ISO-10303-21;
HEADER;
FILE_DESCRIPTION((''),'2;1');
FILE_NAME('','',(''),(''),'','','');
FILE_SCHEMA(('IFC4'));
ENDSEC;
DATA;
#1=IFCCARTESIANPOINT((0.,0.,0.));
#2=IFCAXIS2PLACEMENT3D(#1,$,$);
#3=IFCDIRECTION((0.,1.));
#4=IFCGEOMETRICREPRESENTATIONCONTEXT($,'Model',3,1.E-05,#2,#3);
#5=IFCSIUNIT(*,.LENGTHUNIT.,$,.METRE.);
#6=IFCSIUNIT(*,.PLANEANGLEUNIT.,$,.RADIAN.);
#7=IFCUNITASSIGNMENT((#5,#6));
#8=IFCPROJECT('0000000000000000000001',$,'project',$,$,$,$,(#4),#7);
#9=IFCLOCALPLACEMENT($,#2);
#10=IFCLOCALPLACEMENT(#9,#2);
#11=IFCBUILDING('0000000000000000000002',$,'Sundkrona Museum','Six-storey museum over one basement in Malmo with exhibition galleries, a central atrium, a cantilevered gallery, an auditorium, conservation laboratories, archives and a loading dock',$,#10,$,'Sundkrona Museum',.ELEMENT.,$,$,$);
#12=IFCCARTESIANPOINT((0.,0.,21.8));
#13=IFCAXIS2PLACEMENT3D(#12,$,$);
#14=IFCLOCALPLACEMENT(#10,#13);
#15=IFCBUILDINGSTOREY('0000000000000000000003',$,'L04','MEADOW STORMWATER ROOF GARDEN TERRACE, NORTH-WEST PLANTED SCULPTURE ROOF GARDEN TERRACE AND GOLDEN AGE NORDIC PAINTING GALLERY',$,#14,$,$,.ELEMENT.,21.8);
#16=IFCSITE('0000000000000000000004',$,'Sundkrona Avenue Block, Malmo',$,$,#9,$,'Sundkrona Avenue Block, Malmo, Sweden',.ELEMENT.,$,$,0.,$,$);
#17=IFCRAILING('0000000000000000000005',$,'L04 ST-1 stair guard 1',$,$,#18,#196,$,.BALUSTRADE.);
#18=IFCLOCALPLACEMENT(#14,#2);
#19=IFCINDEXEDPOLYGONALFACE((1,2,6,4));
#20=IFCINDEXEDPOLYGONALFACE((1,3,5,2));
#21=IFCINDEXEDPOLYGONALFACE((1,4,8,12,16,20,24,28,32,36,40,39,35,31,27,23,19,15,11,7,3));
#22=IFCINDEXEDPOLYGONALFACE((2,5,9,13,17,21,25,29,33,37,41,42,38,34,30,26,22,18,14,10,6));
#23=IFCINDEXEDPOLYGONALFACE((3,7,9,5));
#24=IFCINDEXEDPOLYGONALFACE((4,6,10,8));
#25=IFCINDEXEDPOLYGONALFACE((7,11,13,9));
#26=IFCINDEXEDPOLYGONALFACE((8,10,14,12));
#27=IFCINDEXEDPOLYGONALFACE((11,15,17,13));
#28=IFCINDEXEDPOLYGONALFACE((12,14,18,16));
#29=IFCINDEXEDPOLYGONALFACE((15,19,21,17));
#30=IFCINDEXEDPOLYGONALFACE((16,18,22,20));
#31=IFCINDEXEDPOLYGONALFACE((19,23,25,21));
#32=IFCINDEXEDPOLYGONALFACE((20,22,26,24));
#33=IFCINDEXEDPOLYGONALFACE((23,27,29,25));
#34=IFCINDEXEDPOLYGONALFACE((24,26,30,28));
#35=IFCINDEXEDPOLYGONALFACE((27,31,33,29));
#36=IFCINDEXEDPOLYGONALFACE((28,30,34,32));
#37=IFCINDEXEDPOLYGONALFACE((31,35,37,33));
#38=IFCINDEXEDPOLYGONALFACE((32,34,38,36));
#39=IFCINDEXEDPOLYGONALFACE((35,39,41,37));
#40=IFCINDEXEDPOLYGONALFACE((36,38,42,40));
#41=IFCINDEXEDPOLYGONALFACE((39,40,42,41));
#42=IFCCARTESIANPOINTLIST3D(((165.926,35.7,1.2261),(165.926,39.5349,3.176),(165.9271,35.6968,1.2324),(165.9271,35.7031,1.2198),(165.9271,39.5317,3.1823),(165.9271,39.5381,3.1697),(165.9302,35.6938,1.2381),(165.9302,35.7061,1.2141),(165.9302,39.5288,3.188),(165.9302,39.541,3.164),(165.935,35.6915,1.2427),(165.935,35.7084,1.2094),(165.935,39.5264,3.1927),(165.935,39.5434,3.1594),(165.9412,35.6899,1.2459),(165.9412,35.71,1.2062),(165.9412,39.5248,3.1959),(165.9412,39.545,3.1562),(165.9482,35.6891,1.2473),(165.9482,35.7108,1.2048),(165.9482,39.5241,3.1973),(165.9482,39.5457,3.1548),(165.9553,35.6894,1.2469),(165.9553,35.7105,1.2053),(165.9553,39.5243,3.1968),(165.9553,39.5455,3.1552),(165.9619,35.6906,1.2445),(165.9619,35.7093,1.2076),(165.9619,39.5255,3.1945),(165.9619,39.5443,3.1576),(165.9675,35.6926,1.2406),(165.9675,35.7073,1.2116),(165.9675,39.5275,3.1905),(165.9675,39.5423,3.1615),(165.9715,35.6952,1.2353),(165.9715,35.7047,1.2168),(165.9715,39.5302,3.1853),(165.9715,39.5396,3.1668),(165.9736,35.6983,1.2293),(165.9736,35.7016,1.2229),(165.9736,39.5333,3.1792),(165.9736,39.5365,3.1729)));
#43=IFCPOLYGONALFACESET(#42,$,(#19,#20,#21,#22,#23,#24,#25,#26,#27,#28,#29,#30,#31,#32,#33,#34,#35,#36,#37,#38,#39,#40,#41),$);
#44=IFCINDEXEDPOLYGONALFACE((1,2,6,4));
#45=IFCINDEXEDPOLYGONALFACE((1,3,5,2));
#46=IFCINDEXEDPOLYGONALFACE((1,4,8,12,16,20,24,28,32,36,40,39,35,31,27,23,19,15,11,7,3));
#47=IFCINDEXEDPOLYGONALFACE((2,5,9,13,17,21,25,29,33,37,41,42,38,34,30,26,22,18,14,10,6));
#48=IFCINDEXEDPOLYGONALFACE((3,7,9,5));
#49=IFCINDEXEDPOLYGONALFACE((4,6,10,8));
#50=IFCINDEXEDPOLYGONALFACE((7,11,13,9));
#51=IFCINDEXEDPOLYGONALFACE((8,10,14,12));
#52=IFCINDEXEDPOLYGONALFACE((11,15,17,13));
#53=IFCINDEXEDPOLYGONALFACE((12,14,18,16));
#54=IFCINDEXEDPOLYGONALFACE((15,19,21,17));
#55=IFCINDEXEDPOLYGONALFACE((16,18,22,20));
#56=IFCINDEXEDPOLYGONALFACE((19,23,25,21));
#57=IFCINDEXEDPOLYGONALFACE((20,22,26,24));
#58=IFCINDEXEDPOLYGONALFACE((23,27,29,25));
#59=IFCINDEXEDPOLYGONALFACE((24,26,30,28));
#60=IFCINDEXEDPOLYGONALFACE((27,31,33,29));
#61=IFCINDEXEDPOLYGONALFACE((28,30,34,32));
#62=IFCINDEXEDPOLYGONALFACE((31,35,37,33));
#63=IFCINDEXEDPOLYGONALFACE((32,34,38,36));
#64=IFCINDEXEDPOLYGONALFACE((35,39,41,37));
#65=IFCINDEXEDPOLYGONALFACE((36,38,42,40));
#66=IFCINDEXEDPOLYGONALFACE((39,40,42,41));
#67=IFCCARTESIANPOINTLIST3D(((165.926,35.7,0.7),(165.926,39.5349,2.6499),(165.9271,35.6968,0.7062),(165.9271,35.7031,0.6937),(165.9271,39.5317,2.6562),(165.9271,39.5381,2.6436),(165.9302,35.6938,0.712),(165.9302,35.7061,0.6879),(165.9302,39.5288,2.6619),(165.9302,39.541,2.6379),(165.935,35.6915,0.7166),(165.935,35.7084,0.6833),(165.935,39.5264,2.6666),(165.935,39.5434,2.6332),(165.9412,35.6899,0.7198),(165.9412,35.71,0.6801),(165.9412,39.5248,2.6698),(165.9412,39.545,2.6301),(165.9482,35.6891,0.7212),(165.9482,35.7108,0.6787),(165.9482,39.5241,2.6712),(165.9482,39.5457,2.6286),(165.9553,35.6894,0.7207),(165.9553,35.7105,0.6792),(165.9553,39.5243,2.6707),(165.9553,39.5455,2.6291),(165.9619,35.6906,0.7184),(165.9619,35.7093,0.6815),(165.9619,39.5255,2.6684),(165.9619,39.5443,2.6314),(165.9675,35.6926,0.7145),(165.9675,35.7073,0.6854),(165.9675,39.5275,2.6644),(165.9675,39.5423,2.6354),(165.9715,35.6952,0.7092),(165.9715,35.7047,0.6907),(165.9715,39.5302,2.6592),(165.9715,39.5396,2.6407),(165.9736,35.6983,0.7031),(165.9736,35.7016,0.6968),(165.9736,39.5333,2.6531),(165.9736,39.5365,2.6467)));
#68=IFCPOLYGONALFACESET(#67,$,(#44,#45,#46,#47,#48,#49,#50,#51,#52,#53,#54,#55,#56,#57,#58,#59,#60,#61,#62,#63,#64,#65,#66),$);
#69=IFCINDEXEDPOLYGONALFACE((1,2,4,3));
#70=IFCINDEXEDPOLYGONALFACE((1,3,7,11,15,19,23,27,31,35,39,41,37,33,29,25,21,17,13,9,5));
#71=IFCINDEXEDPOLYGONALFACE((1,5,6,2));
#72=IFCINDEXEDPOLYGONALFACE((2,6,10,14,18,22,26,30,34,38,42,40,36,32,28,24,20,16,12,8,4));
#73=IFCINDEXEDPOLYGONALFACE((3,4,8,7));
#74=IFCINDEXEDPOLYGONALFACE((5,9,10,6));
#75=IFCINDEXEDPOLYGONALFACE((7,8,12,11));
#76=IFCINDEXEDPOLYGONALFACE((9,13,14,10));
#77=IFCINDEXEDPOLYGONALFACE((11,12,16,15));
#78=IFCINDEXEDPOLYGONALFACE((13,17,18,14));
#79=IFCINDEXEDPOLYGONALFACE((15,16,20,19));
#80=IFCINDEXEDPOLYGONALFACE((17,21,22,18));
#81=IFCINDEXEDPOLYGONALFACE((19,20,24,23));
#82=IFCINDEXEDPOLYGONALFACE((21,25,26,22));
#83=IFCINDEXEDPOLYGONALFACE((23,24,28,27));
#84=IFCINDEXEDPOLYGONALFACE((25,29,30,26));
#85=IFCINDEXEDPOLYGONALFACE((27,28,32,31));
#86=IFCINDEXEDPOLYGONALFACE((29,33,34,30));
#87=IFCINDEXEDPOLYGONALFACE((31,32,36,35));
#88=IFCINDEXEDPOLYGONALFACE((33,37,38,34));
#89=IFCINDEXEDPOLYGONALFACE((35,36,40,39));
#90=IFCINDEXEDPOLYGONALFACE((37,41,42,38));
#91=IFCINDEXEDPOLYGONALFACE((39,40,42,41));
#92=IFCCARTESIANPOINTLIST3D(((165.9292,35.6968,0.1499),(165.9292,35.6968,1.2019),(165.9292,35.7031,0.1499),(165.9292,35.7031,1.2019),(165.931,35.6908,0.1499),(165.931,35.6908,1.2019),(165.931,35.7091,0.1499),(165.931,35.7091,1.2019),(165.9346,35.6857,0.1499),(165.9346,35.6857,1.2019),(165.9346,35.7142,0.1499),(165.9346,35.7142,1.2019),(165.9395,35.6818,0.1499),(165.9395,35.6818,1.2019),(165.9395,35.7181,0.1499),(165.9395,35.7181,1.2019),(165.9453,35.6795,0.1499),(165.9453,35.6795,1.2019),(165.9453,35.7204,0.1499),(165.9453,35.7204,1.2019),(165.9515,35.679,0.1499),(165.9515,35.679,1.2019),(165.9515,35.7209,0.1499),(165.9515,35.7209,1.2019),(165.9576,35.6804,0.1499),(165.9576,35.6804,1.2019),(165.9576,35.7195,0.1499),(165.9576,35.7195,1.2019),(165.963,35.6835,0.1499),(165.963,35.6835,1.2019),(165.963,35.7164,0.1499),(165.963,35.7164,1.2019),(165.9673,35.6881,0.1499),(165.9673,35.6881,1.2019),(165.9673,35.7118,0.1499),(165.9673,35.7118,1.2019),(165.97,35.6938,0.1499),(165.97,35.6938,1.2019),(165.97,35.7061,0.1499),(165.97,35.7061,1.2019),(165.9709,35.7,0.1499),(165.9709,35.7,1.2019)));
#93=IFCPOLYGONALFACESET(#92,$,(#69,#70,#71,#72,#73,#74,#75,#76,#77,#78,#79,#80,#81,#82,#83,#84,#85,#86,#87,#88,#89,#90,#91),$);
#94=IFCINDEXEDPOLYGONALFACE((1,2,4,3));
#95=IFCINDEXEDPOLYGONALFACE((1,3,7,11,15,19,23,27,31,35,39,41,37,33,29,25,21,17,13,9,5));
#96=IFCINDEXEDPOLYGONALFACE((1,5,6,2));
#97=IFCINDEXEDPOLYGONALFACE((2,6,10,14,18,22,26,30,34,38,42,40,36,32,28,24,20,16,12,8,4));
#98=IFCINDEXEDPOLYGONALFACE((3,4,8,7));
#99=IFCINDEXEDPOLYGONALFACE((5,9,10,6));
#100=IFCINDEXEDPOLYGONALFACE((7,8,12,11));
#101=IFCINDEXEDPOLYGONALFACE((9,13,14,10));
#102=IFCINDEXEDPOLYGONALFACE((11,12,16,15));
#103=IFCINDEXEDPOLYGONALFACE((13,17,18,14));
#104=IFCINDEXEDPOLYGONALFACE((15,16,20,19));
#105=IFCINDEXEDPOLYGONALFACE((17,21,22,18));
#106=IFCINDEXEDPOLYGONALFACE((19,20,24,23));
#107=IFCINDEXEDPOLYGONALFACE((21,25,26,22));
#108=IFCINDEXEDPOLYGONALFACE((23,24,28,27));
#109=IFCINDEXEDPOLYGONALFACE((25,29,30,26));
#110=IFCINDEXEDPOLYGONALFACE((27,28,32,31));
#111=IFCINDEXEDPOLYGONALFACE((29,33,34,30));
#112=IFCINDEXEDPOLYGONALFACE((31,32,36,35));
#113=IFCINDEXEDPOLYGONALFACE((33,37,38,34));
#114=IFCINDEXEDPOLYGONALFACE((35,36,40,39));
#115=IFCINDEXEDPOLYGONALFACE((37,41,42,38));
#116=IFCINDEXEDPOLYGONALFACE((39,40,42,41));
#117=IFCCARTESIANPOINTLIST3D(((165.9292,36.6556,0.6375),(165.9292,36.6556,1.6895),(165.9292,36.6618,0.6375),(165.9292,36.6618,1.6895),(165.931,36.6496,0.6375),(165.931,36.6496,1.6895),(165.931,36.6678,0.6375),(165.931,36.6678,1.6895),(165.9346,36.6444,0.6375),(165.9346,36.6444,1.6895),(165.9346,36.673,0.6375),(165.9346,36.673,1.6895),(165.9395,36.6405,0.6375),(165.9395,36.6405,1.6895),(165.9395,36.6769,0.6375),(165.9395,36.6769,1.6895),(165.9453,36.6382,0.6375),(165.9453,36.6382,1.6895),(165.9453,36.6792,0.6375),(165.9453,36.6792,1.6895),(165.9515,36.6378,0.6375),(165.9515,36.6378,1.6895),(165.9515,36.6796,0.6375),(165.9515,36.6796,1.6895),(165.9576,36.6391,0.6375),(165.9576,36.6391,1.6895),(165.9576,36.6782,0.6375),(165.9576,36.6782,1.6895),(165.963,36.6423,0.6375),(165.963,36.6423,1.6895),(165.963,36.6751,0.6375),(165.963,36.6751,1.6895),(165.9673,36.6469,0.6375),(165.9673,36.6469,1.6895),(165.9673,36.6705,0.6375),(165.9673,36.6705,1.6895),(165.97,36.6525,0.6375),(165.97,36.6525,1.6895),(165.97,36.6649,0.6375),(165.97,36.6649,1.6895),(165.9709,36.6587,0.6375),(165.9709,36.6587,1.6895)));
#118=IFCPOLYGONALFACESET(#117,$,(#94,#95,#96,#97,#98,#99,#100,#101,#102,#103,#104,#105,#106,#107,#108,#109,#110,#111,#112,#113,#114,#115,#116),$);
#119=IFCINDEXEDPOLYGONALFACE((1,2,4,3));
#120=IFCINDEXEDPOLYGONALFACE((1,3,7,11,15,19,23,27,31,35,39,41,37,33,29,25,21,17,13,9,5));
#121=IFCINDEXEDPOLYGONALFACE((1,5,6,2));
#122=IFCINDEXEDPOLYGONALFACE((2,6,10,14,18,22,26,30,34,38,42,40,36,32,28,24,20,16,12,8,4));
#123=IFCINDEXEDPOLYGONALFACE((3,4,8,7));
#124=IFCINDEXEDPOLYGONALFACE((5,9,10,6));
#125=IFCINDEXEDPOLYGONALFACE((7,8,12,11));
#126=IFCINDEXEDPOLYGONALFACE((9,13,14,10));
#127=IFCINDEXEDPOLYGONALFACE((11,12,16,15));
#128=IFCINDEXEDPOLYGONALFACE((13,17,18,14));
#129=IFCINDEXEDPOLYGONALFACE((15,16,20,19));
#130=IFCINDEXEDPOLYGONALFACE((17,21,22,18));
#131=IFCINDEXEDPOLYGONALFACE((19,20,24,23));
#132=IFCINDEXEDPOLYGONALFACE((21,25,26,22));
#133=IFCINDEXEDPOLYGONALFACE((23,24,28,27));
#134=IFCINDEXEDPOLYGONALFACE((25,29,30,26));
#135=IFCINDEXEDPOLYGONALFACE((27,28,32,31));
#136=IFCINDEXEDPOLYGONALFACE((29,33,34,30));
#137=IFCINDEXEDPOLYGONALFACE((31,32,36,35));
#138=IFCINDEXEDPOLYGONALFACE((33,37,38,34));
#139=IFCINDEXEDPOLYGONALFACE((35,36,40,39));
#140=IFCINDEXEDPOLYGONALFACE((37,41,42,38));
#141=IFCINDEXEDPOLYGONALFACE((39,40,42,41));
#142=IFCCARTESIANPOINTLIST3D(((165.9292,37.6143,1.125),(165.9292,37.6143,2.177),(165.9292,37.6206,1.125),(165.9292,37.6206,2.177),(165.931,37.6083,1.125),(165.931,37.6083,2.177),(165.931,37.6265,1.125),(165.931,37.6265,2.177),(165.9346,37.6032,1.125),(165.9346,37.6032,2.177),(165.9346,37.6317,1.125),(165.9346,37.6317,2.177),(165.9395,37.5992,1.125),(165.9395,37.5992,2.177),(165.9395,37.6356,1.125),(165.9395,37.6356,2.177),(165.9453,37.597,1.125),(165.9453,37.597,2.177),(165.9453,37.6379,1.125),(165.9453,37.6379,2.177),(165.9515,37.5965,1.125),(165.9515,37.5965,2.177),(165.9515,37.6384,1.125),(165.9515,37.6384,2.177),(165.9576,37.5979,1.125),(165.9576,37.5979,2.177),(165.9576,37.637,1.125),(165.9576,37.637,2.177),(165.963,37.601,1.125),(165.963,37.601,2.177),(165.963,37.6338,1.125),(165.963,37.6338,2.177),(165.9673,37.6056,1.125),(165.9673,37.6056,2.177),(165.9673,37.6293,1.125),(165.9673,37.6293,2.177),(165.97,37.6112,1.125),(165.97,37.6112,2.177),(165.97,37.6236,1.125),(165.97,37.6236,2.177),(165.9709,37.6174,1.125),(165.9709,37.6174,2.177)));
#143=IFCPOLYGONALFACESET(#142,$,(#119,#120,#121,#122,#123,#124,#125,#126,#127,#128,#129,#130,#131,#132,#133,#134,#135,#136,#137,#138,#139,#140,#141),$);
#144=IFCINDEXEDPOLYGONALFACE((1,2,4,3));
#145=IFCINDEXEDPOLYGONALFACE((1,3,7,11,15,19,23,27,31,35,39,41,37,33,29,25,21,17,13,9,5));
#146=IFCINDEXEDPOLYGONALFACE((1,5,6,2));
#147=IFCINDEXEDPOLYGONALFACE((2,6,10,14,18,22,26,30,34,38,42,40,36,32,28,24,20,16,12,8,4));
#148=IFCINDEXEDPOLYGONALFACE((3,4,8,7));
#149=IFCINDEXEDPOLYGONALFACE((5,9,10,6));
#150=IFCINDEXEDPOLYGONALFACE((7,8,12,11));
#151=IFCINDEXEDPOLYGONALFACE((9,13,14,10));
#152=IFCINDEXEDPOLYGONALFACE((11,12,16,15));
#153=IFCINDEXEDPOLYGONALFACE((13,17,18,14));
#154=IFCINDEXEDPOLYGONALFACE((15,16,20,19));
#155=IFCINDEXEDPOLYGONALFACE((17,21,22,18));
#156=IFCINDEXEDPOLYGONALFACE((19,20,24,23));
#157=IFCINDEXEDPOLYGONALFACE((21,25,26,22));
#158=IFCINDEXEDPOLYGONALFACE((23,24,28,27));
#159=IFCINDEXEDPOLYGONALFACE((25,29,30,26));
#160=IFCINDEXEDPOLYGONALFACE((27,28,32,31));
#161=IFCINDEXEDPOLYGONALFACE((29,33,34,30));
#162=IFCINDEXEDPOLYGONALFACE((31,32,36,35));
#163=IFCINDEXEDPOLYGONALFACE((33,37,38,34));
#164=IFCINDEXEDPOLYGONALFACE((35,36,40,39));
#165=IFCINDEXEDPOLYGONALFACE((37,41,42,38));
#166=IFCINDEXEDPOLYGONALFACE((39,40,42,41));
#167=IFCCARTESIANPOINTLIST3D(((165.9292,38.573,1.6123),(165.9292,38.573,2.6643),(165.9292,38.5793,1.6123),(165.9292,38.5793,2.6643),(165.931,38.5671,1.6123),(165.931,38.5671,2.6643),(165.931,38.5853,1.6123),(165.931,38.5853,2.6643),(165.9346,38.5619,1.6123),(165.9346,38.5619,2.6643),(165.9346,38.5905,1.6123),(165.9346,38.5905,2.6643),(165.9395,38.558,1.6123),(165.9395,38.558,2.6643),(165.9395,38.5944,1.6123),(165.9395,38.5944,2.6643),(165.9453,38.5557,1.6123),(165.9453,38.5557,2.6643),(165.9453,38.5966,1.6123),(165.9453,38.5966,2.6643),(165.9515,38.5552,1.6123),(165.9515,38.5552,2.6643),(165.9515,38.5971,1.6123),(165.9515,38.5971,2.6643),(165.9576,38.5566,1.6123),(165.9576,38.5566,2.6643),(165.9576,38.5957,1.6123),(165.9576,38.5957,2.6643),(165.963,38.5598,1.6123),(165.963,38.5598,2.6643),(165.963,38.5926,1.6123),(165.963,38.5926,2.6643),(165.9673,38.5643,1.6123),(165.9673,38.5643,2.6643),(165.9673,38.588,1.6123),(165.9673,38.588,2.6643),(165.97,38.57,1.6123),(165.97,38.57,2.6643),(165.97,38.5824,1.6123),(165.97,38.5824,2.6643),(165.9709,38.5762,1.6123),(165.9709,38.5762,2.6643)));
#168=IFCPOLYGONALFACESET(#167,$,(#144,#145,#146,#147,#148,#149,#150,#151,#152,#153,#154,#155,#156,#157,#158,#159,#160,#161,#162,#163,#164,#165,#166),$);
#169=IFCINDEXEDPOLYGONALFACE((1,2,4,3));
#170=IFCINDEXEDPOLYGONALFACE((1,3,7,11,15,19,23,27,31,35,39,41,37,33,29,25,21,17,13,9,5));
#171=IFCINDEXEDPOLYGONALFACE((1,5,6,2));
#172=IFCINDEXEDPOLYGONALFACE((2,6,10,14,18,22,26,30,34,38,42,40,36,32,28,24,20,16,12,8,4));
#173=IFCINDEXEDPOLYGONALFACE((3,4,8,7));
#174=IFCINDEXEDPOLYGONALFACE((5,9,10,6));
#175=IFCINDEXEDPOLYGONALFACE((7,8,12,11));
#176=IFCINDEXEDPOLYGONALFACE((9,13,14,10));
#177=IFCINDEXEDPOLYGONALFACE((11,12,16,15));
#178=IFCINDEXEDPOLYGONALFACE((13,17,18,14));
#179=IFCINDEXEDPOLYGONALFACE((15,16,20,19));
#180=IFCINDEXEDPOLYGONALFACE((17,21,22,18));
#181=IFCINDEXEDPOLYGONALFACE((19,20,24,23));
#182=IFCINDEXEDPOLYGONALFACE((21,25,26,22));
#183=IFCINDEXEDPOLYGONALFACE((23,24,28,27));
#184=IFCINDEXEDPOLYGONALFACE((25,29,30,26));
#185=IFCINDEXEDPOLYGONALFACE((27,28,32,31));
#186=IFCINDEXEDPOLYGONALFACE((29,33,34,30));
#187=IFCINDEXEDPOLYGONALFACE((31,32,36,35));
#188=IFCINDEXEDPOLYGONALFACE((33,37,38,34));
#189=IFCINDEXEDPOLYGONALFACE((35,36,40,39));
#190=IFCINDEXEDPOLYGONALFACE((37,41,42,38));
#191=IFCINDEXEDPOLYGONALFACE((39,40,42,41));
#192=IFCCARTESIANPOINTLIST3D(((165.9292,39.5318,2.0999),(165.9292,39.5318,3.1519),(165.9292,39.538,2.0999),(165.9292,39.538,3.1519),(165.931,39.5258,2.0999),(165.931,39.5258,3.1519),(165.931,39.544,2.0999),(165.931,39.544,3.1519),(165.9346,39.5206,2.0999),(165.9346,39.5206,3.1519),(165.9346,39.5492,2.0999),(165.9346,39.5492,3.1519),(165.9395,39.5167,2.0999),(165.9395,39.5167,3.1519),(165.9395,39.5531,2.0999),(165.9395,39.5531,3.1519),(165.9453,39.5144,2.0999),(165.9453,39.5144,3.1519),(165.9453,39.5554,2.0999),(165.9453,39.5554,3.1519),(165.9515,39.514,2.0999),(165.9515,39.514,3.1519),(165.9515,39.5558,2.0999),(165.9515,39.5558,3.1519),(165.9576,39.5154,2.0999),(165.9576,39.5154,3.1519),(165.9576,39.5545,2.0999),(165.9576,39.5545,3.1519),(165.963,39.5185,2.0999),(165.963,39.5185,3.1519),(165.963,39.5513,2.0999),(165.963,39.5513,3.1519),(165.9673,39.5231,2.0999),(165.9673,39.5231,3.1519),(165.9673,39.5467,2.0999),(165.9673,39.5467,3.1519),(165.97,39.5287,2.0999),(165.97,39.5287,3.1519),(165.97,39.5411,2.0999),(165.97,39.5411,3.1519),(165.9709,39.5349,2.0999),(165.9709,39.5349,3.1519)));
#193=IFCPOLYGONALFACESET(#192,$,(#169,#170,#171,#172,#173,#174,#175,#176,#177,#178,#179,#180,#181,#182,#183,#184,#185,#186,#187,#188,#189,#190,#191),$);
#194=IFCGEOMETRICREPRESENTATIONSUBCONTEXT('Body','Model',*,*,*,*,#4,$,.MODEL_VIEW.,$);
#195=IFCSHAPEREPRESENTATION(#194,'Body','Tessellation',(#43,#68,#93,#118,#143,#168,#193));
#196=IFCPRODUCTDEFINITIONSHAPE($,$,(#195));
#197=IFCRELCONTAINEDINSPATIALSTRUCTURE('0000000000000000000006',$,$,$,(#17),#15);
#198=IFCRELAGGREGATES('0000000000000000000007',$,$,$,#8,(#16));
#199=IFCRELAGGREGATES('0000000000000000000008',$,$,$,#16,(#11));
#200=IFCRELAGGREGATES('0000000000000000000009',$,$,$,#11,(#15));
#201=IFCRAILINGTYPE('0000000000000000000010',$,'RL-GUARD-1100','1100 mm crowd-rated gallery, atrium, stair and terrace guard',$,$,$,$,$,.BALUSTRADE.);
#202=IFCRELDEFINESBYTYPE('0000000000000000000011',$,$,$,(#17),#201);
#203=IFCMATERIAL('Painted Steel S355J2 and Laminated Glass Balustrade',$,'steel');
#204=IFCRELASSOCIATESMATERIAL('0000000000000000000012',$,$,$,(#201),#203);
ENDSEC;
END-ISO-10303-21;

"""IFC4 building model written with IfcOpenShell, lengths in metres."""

from ifc_helpers import new_model, si_unit, direction, frame, origin, origin_2d, place, context, subcontext, project, spatial, circle, extrude, material, type_object, element, save


model = new_model("IFC4")

# Units and contexts
model_context = context("Model", 3, precision=1e-05, world=origin(), true_north=direction((0.0, 1.0)))
body_context = subcontext(model_context, "Body", "Model", "MODEL_VIEW")
ifc_project = project(units=[si_unit("LENGTHUNIT", "METRE"), si_unit("PLANEANGLEUNIT", "RADIAN")], contexts=[model_context])

# Site, building, storey
site_placement = place(None, origin())
site = spatial("IfcSite", under=ifc_project, at=site_placement, Name="Sundkrona Avenue Block, Malmo", LongName="Sundkrona Avenue Block, Malmo, Sweden", CompositionType="ELEMENT", RefElevation=0.0)
building_placement = place(site_placement, origin())
building = spatial("IfcBuilding", under=site, at=building_placement, Name="Sundkrona Museum", Description="Six-storey museum over one basement in Malmo with exhibition galleries, a central atrium, a cantilevered gallery, an auditorium, conservation laboratories, archives and a loading dock", LongName="Sundkrona Museum", CompositionType="ELEMENT")
storey_placement = place(building_placement, frame((0.0, 0.0, 21.8)))
storey = spatial("IfcBuildingStorey", under=building, at=storey_placement, Name="L04", Description="MEADOW STORMWATER ROOF GARDEN TERRACE, NORTH-WEST PLANTED SCULPTURE ROOF GARDEN TERRACE AND GOLDEN AGE NORDIC PAINTING GALLERY", CompositionType="ELEMENT", Elevation=21.8)

# Railing
ifc_material_1 = material(Name="Painted Steel S355J2 and Laminated Glass Balustrade", Category="steel")
railing_type_1 = type_object("IfcRailingType", Name="RL-GUARD-1100", Description="1100 mm crowd-rated gallery, atrium, stair and terrace guard", PredefinedType="BALUSTRADE", material=ifc_material_1)
railing_1_placement = place(storey_placement, frame((165.95, 35.7, 0.1499)))
element("IfcRailing", 1, at=railing_1_placement, inside=storey, type_object=railing_type_1, Name="L04 ST-1 stair guard 1", PredefinedType="BALUSTRADE", context=body_context, shape_type="SweptSolid", body=[
    extrude(circle(Radius=0.0239, at=origin_2d()), frame((0.0, 0.0, 1.0762), z_axis=(0.0, 0.891388, 0.453241), x_axis=(-1.0, 0.0, 0.0)), (0.0, 0.0, 1.0), 4.3022),
    extrude(circle(Radius=0.0239, at=origin_2d()), frame((0.0, 0.0, 0.55), z_axis=(0.0, 0.891388, 0.453241), x_axis=(-1.0, 0.0, 0.0)), (0.0, 0.0, 1.0), 4.3022),
    extrude(circle(Radius=0.021, at=origin_2d()), origin(), (0.0, 0.0, 1.0), 1.052),
    extrude(circle(Radius=0.021, at=origin_2d()), frame((0.0, 0.9587, 0.4875)), (0.0, 0.0, 1.0), 1.052),
    extrude(circle(Radius=0.021, at=origin_2d()), frame((0.0, 1.9175, 0.9751)), (0.0, 0.0, 1.0), 1.052),
    extrude(circle(Radius=0.021, at=origin_2d()), frame((0.0, 2.8762, 1.4624)), (0.0, 0.0, 1.0), 1.052),
    extrude(circle(Radius=0.021, at=origin_2d()), frame((0.0, 3.835, 1.95)), (0.0, 0.0, 1.0), 1.052),
])

save(model, "model.ifc")
